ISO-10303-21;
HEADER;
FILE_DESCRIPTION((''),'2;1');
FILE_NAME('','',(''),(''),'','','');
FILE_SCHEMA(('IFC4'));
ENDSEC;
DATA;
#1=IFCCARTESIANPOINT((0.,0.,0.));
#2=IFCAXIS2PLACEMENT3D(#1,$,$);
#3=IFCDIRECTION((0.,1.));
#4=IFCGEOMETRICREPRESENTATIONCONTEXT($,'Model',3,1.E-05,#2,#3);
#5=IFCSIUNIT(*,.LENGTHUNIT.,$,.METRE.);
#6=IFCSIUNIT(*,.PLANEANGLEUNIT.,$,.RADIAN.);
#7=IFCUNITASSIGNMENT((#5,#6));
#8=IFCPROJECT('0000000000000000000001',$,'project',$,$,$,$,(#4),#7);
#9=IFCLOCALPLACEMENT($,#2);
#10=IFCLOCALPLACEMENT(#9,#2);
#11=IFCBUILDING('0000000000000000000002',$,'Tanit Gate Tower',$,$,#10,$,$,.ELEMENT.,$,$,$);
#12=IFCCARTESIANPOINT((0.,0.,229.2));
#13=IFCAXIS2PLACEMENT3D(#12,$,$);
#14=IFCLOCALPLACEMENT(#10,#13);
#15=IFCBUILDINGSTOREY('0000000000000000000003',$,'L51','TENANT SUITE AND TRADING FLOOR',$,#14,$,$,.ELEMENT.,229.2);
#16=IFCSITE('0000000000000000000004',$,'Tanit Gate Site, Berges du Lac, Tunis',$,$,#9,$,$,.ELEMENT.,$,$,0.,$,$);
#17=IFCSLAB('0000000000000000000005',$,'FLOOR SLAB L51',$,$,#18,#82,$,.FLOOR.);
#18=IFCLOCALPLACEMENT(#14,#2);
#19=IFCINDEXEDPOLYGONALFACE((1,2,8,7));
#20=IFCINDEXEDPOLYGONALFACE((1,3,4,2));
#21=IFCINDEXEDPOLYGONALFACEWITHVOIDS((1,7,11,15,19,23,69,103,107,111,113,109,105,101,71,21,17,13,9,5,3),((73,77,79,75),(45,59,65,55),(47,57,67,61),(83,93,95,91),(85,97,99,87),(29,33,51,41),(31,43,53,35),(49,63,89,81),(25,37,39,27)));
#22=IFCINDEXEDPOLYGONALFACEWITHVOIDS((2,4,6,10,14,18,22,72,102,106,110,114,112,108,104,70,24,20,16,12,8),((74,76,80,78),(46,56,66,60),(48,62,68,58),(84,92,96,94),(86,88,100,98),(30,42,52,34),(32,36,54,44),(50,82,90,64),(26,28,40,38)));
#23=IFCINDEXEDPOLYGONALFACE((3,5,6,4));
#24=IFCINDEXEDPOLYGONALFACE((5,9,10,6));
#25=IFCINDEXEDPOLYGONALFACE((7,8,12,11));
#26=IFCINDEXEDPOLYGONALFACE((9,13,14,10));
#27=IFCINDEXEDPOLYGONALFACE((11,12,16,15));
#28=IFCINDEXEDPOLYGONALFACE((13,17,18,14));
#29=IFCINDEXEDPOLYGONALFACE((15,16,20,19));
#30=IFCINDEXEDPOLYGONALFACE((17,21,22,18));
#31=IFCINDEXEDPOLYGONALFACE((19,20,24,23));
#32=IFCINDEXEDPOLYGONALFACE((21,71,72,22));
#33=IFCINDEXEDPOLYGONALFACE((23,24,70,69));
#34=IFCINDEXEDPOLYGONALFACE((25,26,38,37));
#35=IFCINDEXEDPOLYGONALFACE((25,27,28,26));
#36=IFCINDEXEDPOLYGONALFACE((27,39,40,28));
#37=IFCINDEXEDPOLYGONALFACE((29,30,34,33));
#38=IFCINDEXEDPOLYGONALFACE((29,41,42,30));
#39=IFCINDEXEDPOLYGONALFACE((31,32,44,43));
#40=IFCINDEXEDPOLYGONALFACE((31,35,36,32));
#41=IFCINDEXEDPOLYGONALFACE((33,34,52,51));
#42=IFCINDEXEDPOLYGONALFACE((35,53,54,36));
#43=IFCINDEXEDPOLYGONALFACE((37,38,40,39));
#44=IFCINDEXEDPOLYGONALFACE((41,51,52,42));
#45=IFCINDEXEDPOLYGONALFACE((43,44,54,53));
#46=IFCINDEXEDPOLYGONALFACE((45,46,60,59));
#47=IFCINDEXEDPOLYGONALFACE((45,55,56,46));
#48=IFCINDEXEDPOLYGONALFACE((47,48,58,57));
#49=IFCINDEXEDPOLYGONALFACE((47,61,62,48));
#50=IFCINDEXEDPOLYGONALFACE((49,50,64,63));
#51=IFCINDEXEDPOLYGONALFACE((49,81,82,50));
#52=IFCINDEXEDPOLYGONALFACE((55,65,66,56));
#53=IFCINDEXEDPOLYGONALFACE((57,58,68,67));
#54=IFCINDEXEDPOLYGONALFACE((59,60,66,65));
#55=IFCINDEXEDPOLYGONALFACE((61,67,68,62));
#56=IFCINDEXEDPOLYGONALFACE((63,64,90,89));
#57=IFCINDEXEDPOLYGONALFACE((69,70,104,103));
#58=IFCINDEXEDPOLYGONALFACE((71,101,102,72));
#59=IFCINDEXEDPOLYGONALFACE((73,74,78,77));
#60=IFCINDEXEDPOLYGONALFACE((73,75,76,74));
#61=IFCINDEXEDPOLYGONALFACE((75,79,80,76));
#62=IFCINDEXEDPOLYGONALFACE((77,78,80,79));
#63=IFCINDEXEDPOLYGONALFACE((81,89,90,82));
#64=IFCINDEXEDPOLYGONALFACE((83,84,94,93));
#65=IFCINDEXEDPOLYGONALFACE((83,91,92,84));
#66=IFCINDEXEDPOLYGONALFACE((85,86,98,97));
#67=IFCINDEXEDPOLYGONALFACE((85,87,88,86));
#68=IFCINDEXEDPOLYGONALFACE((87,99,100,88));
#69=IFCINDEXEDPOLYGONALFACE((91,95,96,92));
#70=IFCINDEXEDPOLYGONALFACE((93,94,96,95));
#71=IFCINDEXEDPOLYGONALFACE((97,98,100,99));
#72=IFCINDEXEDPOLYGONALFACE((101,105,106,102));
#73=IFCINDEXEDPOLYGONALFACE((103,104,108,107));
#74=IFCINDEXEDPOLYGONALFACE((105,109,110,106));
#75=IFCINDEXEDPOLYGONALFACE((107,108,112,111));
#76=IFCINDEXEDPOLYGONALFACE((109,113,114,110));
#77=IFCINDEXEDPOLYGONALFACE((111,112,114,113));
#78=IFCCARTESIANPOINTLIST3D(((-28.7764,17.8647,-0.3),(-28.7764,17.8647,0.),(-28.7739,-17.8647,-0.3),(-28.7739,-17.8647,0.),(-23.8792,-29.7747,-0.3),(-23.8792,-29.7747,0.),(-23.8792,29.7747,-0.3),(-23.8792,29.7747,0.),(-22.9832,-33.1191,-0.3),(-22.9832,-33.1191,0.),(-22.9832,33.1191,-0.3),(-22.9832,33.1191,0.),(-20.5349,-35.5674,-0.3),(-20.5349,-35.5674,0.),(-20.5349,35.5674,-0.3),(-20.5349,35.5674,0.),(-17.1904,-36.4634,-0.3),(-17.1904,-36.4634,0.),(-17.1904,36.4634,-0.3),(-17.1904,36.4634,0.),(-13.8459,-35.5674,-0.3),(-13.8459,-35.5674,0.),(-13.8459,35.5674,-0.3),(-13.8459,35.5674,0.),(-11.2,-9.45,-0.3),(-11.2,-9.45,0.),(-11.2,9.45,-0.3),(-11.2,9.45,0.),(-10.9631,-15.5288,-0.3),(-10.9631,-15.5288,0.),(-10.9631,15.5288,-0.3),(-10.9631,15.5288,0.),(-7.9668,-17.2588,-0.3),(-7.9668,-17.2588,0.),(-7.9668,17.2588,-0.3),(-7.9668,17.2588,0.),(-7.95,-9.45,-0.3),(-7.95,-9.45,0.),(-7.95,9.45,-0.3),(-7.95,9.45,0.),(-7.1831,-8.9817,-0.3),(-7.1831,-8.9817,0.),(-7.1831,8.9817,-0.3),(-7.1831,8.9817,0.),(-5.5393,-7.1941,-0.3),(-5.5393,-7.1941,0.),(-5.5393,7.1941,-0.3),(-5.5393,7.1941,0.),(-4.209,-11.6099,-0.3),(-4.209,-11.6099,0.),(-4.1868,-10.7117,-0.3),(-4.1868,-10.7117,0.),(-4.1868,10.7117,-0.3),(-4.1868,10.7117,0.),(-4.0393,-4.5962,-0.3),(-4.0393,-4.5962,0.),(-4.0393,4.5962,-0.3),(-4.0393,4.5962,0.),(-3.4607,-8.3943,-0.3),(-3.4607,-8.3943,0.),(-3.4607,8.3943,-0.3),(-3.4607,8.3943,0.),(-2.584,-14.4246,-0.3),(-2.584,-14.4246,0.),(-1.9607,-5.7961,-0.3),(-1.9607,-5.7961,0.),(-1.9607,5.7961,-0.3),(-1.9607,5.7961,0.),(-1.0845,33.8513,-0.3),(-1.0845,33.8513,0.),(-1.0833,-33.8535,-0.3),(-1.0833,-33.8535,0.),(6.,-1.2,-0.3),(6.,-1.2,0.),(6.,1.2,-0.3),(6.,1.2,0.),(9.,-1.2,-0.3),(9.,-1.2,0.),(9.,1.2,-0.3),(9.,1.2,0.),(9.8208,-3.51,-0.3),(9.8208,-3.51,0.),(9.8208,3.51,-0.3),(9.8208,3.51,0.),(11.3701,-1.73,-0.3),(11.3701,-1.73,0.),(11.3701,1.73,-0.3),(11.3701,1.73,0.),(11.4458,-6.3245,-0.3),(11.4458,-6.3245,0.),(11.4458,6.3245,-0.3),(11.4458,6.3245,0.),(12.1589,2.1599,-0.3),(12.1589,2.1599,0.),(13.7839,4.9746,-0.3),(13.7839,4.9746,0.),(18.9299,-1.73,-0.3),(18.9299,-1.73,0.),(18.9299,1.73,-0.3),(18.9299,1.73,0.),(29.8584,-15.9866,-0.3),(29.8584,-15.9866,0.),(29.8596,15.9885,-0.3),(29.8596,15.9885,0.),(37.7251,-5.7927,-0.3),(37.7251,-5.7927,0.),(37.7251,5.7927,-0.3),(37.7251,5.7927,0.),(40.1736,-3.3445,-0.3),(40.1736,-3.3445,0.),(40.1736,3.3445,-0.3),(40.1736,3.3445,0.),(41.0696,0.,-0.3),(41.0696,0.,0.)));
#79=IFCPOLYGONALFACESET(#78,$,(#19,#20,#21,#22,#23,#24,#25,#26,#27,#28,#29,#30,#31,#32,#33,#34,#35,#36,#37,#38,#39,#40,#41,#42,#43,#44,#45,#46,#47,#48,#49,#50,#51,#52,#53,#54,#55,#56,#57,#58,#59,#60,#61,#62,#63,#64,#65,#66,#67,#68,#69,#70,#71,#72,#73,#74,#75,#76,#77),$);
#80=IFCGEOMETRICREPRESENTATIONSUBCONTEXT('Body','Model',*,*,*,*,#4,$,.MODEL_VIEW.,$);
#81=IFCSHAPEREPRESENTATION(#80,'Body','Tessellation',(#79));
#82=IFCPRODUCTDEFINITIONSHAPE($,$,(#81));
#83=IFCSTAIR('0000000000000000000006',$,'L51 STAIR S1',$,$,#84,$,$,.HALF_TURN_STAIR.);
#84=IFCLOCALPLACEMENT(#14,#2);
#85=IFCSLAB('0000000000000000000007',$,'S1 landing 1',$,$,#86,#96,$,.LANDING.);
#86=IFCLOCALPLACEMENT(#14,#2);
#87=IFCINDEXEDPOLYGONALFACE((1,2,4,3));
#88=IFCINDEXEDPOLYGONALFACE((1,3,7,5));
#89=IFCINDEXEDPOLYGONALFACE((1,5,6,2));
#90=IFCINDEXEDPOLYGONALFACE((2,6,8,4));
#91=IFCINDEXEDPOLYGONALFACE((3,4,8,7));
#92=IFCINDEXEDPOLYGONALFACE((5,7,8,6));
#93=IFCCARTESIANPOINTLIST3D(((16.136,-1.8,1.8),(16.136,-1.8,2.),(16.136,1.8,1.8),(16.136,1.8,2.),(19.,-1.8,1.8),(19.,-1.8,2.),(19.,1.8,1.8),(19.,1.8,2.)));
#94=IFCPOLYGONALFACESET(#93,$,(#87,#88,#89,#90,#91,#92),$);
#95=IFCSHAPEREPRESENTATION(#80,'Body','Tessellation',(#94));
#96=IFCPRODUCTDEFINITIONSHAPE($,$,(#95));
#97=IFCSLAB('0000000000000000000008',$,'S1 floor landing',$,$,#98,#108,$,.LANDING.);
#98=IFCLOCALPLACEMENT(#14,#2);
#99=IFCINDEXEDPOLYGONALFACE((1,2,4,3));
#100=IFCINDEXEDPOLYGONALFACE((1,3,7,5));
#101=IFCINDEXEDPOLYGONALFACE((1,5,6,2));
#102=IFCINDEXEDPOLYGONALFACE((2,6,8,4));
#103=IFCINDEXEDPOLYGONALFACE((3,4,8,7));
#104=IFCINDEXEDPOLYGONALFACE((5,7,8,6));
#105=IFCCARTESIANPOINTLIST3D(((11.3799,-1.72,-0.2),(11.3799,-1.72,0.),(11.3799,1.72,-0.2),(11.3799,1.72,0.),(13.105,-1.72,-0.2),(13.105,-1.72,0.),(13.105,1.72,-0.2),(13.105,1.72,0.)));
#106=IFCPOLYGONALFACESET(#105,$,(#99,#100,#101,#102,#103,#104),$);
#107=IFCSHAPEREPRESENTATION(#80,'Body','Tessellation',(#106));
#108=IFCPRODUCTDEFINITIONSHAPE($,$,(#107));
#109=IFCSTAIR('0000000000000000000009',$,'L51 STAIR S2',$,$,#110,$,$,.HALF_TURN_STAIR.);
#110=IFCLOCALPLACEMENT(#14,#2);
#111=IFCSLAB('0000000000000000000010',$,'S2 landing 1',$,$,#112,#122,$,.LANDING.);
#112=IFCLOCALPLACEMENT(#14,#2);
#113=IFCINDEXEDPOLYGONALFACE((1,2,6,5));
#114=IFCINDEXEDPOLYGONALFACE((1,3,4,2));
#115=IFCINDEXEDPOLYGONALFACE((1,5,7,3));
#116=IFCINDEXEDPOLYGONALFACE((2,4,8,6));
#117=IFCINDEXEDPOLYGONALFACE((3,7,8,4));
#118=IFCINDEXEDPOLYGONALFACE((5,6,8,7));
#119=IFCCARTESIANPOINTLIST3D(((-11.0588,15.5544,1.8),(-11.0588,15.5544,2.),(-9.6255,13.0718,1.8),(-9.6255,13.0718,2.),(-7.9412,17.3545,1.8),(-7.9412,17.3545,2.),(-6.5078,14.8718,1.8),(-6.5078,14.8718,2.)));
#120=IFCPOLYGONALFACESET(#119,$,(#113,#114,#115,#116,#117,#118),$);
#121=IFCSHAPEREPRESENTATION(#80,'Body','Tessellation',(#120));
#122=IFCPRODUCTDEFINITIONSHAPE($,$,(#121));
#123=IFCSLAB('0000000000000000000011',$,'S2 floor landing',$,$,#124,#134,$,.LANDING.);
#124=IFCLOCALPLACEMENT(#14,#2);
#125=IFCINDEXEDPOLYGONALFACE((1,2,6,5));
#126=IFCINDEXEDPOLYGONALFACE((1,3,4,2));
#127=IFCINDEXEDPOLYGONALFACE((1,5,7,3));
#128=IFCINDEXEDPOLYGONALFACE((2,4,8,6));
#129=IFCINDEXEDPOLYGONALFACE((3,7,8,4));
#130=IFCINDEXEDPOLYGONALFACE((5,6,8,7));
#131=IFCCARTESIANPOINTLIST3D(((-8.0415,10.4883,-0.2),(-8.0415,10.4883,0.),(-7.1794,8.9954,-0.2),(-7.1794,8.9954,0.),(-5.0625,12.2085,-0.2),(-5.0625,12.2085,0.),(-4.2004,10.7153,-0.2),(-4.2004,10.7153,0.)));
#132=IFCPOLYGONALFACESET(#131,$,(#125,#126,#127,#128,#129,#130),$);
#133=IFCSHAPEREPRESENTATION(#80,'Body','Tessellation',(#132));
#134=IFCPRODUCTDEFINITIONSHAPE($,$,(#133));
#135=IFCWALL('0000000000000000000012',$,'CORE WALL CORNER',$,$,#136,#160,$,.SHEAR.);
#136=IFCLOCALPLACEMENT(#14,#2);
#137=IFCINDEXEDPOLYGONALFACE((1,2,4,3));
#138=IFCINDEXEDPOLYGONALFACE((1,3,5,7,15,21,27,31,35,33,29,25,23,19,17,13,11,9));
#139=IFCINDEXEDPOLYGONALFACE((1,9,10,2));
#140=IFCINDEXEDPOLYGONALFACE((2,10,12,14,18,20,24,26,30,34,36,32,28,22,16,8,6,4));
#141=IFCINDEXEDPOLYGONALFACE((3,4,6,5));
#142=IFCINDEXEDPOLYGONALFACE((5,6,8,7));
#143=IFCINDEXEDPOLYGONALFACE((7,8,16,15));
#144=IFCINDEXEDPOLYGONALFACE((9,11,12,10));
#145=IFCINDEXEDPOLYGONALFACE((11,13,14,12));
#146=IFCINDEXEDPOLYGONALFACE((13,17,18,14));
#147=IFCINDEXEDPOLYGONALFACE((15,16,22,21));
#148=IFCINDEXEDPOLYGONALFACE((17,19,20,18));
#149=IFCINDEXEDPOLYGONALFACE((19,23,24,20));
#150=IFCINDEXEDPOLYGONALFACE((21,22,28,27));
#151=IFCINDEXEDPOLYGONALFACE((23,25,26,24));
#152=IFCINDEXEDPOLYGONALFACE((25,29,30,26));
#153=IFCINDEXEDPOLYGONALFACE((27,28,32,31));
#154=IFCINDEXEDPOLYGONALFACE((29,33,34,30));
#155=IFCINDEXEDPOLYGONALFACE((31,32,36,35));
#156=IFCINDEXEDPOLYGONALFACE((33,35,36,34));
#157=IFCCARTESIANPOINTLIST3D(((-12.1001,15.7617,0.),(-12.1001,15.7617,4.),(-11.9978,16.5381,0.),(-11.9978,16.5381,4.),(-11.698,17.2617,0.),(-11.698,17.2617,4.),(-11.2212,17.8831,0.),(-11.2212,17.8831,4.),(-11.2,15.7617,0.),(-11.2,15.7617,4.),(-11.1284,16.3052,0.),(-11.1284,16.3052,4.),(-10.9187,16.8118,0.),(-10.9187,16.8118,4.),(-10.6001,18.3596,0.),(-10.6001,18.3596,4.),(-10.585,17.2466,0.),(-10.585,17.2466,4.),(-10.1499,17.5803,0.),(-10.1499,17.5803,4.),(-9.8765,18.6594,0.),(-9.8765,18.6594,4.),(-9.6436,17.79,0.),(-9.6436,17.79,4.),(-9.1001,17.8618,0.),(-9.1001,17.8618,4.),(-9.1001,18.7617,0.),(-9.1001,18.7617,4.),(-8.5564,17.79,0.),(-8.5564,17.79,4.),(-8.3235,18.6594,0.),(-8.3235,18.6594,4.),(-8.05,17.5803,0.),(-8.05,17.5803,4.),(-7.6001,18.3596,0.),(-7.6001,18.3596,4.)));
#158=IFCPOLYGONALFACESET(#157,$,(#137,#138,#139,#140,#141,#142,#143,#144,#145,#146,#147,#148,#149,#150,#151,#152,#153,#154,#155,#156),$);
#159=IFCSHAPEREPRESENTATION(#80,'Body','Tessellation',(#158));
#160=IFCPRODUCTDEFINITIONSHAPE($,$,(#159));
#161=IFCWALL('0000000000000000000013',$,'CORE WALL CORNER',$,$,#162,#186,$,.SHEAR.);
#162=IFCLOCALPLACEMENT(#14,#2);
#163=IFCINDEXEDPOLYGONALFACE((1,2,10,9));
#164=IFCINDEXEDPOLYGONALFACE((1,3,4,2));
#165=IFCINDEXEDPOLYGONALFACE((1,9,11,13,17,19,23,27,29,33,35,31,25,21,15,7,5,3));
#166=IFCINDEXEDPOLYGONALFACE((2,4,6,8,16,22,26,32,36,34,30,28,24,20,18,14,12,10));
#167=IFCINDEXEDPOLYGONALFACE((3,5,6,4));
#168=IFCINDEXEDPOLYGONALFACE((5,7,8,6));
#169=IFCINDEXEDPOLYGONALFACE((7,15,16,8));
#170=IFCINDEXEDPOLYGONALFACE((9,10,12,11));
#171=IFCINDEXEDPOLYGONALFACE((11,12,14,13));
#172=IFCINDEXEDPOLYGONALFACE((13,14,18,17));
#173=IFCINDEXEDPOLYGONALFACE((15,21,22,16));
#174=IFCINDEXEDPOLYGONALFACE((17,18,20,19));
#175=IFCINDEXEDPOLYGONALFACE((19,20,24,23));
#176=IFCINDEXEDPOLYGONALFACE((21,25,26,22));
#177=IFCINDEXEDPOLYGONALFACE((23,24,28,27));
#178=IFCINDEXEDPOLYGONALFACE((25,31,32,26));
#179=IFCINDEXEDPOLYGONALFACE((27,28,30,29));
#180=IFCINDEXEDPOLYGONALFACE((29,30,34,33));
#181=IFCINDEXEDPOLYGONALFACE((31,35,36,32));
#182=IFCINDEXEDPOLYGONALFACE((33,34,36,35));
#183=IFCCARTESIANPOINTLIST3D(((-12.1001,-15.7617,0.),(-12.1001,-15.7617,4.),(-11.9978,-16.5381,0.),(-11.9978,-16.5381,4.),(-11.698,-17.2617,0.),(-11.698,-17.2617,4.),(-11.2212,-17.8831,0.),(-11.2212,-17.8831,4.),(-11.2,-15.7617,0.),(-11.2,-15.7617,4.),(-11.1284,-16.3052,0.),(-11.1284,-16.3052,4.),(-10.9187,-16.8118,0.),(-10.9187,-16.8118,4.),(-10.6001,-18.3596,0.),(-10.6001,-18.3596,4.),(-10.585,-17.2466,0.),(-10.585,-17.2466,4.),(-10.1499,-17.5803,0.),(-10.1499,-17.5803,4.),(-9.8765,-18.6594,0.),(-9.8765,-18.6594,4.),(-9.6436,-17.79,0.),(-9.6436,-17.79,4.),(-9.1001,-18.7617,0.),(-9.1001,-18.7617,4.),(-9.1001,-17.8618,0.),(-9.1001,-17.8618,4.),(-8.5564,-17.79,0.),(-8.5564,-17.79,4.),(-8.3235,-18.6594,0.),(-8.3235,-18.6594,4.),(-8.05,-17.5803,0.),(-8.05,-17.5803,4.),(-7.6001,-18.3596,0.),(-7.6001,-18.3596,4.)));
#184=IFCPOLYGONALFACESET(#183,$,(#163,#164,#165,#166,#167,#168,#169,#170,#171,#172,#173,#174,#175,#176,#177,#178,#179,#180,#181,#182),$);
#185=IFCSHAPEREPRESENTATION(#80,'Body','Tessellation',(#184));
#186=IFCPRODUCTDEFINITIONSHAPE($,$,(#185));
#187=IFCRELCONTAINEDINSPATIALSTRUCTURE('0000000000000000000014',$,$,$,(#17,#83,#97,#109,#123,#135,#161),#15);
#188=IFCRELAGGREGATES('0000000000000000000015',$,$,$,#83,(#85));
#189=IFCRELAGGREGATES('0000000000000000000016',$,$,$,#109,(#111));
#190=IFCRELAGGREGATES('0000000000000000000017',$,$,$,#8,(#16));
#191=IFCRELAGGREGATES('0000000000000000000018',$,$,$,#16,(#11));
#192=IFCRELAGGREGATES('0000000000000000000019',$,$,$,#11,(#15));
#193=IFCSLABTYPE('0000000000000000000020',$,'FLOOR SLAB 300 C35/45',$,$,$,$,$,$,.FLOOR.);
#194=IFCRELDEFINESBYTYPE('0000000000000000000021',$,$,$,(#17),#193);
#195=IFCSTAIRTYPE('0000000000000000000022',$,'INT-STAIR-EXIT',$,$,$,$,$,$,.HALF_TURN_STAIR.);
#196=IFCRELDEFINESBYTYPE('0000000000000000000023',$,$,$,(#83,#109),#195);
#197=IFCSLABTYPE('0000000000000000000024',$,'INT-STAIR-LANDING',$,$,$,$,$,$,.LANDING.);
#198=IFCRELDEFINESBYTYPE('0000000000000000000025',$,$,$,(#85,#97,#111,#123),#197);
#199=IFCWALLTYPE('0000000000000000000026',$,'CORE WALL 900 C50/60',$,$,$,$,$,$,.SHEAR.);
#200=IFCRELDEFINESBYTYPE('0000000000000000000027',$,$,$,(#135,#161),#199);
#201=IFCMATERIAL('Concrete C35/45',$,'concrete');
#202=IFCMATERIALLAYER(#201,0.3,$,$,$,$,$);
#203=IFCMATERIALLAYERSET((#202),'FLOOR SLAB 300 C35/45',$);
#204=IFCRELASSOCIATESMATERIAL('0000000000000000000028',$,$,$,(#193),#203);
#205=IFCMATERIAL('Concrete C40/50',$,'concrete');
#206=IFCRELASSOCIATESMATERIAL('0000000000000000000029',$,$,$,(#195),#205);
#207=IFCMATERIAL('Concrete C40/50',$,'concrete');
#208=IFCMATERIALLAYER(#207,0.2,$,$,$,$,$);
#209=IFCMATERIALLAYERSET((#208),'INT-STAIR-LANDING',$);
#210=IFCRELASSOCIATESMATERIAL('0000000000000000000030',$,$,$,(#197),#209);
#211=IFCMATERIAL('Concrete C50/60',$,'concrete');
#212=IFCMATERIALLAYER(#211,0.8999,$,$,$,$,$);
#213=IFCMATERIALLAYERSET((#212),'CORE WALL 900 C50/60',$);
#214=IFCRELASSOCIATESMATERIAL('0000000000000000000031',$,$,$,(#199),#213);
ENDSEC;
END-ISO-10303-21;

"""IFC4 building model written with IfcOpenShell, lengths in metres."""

from ifc_helpers import new_model, si_unit, direction, frame, origin, place, context, subcontext, project, spatial, polyline, outline, extrude, material, layer, layer_set, type_object, element, aggregate, save


model = new_model("IFC4")

# Units and contexts
model_context = context("Model", 3, precision=1e-05, world=origin(), true_north=direction((0.0, 1.0)))
body_context = subcontext(model_context, "Body", "Model", "MODEL_VIEW")
ifc_project = project(units=[si_unit("LENGTHUNIT", "METRE"), si_unit("PLANEANGLEUNIT", "RADIAN")], contexts=[model_context])

# Site, building, storey
site_placement = place(None, origin())
site = spatial("IfcSite", under=ifc_project, at=site_placement, Name="Tanit Gate Site, Berges du Lac, Tunis", CompositionType="ELEMENT", RefElevation=0.0)
building_placement = place(site_placement, origin())
building = spatial("IfcBuilding", under=site, at=building_placement, Name="Tanit Gate Tower", CompositionType="ELEMENT")
storey_placement = place(building_placement, frame((0.0, 0.0, 229.2)))
storey = spatial("IfcBuildingStorey", under=building, at=storey_placement, Name="L51", Description="TENANT SUITE AND TRADING FLOOR", CompositionType="ELEMENT", Elevation=229.2)

# Slab
ifc_material_1 = material(Name="Concrete C35/45", Category="concrete")
ifc_layer_1 = layer(ifc_material_1, 0.3)
ifc_layer_set_1 = layer_set([ifc_layer_1], Name="FLOOR SLAB 300 C35/45")
slab_type_1 = type_object("IfcSlabType", Name="FLOOR SLAB 300 C35/45", PredefinedType="FLOOR", material=ifc_layer_set_1)
slab_1_placement = place(storey_placement, frame((0.0, 0.0, -0.3)))
element("IfcSlab", 1, at=slab_1_placement, inside=storey, type_object=slab_type_1, Name="FLOOR SLAB L51", PredefinedType="FLOOR", context=body_context, shape_type="SweptSolid", body=[
    extrude(outline(polyline([(37.7251, 5.7927), (40.1736, 3.3445), (41.0696, 0.0), (40.1736, -3.3445), (37.7251, -5.7927), (29.8584, -15.9866), (-1.0833, -33.8535), (-13.8459, -35.5674), (-17.1904, -36.4634), (-20.5349, -35.5674), (-22.9832, -33.1191), (-23.8792, -29.7747), (-28.7739, -17.8647), (-28.7764, 17.8647), (-23.8792, 29.7747), (-22.9832, 33.1191), (-20.5349, 35.5674), (-17.1904, 36.4634), (-13.8459, 35.5674), (-1.0845, 33.8513), (29.8596, 15.9885), (37.7251, 5.7927)]), holes=[polyline([(11.3701, 1.73), (18.9299, 1.73), (18.9299, -1.73), (11.3701, -1.73), (11.3701, 1.73)]), polyline([(9.8208, 3.51), (11.4458, 6.3245), (13.7839, 4.9746), (12.1589, 2.1599), (9.8208, 3.51)]), polyline([(-4.209, -11.6099), (9.8208, -3.51), (11.4458, -6.3245), (-2.584, -14.4246), (-4.209, -11.6099)]), polyline([(6.0, 1.2), (9.0, 1.2), (9.0, -1.2), (6.0, -1.2), (6.0, 1.2)]), polyline([(-5.5393, 7.1941), (-3.4607, 8.3943), (-1.9607, 5.7961), (-4.0393, 4.5962), (-5.5393, 7.1941)]), polyline([(-1.9607, -5.7961), (-3.4607, -8.3943), (-5.5393, -7.1941), (-4.0393, -4.5962), (-1.9607, -5.7961)]), polyline([(-10.9631, 15.5288), (-7.9668, 17.2588), (-4.1868, 10.7117), (-7.1831, 8.9817), (-10.9631, 15.5288)]), polyline([(-4.1868, -10.7117), (-7.9668, -17.2588), (-10.9631, -15.5288), (-7.1831, -8.9817), (-4.1868, -10.7117)]), polyline([(-11.2, -9.45), (-11.2, 9.45), (-7.95, 9.45), (-7.95, -9.45), (-11.2, -9.45)])]), origin(), (0.0, 0.0, 1.0), 0.3),
])

# Stair, slab
ifc_material_2 = material(Name="Concrete C40/50", Category="concrete")
stair_type = type_object("IfcStairType", Name="INT-STAIR-EXIT", PredefinedType="HALF_TURN_STAIR", material=ifc_material_2)
stair_1_placement = place(storey_placement, origin())
stair_1 = element("IfcStair", 2, at=stair_1_placement, inside=storey, type_object=stair_type, Name="L51 STAIR S1", PredefinedType="HALF_TURN_STAIR")
ifc_material_3 = material(Name="Concrete C40/50", Category="concrete")
ifc_layer_2 = layer(ifc_material_3, 0.2)
ifc_layer_set_2 = layer_set([ifc_layer_2], Name="INT-STAIR-LANDING")
slab_type_2 = type_object("IfcSlabType", Name="INT-STAIR-LANDING", PredefinedType="LANDING", material=ifc_layer_set_2)
slab_2_placement = place(storey_placement, frame((0.0, 0.0, 1.8)))
slab_2 = element("IfcSlab", 3, at=slab_2_placement, type_object=slab_type_2, Name="S1 landing 1", PredefinedType="LANDING", context=body_context, shape_type="SweptSolid", body=[
    extrude(outline(polyline([(16.136, -1.8), (19.0, -1.8), (19.0, 1.8), (16.136, 1.8), (16.136, -1.8)])), origin(), (0.0, 0.0, 1.0), 0.2),
])
aggregate(stair_1, [slab_2])

# Slab
slab_3_placement = place(storey_placement, frame((0.0, 0.0, -0.2)))
element("IfcSlab", 4, at=slab_3_placement, inside=storey, type_object=slab_type_2, Name="S1 floor landing", PredefinedType="LANDING", context=body_context, shape_type="SweptSolid", body=[
    extrude(outline(polyline([(11.3799, -1.72), (13.105, -1.72), (13.105, 1.72), (11.3799, 1.72), (11.3799, -1.72)])), origin(), (0.0, 0.0, 1.0), 0.2),
])

# Stair, slab
stair_2_placement = place(storey_placement, origin())
stair_2 = element("IfcStair", 5, at=stair_2_placement, inside=storey, type_object=stair_type, Name="L51 STAIR S2", PredefinedType="HALF_TURN_STAIR")
slab_4_placement = place(storey_placement, frame((0.0, 0.0, 1.8)))
slab_4 = element("IfcSlab", 6, at=slab_4_placement, type_object=slab_type_2, Name="S2 landing 1", PredefinedType="LANDING", context=body_context, shape_type="SweptSolid", body=[
    extrude(outline(polyline([(-6.5078, 14.8718), (-7.9412, 17.3545), (-11.0588, 15.5544), (-9.6255, 13.0718), (-6.5078, 14.8718)])), origin(), (0.0, 0.0, 1.0), 0.2),
])
aggregate(stair_2, [slab_4])

# Slab
slab_5_placement = place(storey_placement, frame((0.0, 0.0, -0.2)))
element("IfcSlab", 7, at=slab_5_placement, inside=storey, type_object=slab_type_2, Name="S2 floor landing", PredefinedType="LANDING", context=body_context, shape_type="SweptSolid", body=[
    extrude(outline(polyline([(-4.2004, 10.7153), (-5.0625, 12.2085), (-8.0415, 10.4883), (-7.1794, 8.9954), (-4.2004, 10.7153)])), origin(), (0.0, 0.0, 1.0), 0.2),
])

# Walls
ifc_material_4 = material(Name="Concrete C50/60", Category="concrete")
ifc_layer_3 = layer(ifc_material_4, 0.8999)
ifc_layer_set_3 = layer_set([ifc_layer_3], Name="CORE WALL 900 C50/60")
wall_type_1 = type_object("IfcWallType", Name="CORE WALL 900 C50/60", PredefinedType="SHEAR", material=ifc_layer_set_3)
wall_1_placement = place(storey_placement, origin())
element("IfcWall", 8, at=wall_1_placement, inside=storey, type_object=wall_type_1, Name="CORE WALL CORNER", PredefinedType="SHEAR", context=body_context, shape_type="SweptSolid", body=[
    extrude(outline(polyline([(-7.6001, 18.3596), (-8.3235, 18.6594), (-9.1001, 18.7617), (-9.8765, 18.6594), (-10.6001, 18.3596), (-11.2212, 17.8831), (-11.698, 17.2617), (-11.9978, 16.5381), (-12.1001, 15.7617), (-11.2, 15.7617), (-11.1284, 16.3052), (-10.9187, 16.8118), (-10.585, 17.2466), (-10.1499, 17.5803), (-9.6436, 17.79), (-9.1001, 17.8618), (-8.5564, 17.79), (-8.05, 17.5803), (-7.6001, 18.3596)])), origin(), (0.0, 0.0, 1.0), 4.0),
])
wall_2_placement = place(storey_placement, origin())
element("IfcWall", 9, at=wall_2_placement, inside=storey, type_object=wall_type_1, Name="CORE WALL CORNER", PredefinedType="SHEAR", context=body_context, shape_type="SweptSolid", body=[
    extrude(outline(polyline([(-12.1001, -15.7617), (-11.9978, -16.5381), (-11.698, -17.2617), (-11.2212, -17.8831), (-10.6001, -18.3596), (-9.8765, -18.6594), (-9.1001, -18.7617), (-8.3235, -18.6594), (-7.6001, -18.3596), (-8.05, -17.5803), (-8.5564, -17.79), (-9.1001, -17.8618), (-9.6436, -17.79), (-10.1499, -17.5803), (-10.585, -17.2466), (-10.9187, -16.8118), (-11.1284, -16.3052), (-11.2, -15.7617), (-12.1001, -15.7617)])), origin(), (0.0, 0.0, 1.0), 4.0),
])

save(model, "model.ifc")
